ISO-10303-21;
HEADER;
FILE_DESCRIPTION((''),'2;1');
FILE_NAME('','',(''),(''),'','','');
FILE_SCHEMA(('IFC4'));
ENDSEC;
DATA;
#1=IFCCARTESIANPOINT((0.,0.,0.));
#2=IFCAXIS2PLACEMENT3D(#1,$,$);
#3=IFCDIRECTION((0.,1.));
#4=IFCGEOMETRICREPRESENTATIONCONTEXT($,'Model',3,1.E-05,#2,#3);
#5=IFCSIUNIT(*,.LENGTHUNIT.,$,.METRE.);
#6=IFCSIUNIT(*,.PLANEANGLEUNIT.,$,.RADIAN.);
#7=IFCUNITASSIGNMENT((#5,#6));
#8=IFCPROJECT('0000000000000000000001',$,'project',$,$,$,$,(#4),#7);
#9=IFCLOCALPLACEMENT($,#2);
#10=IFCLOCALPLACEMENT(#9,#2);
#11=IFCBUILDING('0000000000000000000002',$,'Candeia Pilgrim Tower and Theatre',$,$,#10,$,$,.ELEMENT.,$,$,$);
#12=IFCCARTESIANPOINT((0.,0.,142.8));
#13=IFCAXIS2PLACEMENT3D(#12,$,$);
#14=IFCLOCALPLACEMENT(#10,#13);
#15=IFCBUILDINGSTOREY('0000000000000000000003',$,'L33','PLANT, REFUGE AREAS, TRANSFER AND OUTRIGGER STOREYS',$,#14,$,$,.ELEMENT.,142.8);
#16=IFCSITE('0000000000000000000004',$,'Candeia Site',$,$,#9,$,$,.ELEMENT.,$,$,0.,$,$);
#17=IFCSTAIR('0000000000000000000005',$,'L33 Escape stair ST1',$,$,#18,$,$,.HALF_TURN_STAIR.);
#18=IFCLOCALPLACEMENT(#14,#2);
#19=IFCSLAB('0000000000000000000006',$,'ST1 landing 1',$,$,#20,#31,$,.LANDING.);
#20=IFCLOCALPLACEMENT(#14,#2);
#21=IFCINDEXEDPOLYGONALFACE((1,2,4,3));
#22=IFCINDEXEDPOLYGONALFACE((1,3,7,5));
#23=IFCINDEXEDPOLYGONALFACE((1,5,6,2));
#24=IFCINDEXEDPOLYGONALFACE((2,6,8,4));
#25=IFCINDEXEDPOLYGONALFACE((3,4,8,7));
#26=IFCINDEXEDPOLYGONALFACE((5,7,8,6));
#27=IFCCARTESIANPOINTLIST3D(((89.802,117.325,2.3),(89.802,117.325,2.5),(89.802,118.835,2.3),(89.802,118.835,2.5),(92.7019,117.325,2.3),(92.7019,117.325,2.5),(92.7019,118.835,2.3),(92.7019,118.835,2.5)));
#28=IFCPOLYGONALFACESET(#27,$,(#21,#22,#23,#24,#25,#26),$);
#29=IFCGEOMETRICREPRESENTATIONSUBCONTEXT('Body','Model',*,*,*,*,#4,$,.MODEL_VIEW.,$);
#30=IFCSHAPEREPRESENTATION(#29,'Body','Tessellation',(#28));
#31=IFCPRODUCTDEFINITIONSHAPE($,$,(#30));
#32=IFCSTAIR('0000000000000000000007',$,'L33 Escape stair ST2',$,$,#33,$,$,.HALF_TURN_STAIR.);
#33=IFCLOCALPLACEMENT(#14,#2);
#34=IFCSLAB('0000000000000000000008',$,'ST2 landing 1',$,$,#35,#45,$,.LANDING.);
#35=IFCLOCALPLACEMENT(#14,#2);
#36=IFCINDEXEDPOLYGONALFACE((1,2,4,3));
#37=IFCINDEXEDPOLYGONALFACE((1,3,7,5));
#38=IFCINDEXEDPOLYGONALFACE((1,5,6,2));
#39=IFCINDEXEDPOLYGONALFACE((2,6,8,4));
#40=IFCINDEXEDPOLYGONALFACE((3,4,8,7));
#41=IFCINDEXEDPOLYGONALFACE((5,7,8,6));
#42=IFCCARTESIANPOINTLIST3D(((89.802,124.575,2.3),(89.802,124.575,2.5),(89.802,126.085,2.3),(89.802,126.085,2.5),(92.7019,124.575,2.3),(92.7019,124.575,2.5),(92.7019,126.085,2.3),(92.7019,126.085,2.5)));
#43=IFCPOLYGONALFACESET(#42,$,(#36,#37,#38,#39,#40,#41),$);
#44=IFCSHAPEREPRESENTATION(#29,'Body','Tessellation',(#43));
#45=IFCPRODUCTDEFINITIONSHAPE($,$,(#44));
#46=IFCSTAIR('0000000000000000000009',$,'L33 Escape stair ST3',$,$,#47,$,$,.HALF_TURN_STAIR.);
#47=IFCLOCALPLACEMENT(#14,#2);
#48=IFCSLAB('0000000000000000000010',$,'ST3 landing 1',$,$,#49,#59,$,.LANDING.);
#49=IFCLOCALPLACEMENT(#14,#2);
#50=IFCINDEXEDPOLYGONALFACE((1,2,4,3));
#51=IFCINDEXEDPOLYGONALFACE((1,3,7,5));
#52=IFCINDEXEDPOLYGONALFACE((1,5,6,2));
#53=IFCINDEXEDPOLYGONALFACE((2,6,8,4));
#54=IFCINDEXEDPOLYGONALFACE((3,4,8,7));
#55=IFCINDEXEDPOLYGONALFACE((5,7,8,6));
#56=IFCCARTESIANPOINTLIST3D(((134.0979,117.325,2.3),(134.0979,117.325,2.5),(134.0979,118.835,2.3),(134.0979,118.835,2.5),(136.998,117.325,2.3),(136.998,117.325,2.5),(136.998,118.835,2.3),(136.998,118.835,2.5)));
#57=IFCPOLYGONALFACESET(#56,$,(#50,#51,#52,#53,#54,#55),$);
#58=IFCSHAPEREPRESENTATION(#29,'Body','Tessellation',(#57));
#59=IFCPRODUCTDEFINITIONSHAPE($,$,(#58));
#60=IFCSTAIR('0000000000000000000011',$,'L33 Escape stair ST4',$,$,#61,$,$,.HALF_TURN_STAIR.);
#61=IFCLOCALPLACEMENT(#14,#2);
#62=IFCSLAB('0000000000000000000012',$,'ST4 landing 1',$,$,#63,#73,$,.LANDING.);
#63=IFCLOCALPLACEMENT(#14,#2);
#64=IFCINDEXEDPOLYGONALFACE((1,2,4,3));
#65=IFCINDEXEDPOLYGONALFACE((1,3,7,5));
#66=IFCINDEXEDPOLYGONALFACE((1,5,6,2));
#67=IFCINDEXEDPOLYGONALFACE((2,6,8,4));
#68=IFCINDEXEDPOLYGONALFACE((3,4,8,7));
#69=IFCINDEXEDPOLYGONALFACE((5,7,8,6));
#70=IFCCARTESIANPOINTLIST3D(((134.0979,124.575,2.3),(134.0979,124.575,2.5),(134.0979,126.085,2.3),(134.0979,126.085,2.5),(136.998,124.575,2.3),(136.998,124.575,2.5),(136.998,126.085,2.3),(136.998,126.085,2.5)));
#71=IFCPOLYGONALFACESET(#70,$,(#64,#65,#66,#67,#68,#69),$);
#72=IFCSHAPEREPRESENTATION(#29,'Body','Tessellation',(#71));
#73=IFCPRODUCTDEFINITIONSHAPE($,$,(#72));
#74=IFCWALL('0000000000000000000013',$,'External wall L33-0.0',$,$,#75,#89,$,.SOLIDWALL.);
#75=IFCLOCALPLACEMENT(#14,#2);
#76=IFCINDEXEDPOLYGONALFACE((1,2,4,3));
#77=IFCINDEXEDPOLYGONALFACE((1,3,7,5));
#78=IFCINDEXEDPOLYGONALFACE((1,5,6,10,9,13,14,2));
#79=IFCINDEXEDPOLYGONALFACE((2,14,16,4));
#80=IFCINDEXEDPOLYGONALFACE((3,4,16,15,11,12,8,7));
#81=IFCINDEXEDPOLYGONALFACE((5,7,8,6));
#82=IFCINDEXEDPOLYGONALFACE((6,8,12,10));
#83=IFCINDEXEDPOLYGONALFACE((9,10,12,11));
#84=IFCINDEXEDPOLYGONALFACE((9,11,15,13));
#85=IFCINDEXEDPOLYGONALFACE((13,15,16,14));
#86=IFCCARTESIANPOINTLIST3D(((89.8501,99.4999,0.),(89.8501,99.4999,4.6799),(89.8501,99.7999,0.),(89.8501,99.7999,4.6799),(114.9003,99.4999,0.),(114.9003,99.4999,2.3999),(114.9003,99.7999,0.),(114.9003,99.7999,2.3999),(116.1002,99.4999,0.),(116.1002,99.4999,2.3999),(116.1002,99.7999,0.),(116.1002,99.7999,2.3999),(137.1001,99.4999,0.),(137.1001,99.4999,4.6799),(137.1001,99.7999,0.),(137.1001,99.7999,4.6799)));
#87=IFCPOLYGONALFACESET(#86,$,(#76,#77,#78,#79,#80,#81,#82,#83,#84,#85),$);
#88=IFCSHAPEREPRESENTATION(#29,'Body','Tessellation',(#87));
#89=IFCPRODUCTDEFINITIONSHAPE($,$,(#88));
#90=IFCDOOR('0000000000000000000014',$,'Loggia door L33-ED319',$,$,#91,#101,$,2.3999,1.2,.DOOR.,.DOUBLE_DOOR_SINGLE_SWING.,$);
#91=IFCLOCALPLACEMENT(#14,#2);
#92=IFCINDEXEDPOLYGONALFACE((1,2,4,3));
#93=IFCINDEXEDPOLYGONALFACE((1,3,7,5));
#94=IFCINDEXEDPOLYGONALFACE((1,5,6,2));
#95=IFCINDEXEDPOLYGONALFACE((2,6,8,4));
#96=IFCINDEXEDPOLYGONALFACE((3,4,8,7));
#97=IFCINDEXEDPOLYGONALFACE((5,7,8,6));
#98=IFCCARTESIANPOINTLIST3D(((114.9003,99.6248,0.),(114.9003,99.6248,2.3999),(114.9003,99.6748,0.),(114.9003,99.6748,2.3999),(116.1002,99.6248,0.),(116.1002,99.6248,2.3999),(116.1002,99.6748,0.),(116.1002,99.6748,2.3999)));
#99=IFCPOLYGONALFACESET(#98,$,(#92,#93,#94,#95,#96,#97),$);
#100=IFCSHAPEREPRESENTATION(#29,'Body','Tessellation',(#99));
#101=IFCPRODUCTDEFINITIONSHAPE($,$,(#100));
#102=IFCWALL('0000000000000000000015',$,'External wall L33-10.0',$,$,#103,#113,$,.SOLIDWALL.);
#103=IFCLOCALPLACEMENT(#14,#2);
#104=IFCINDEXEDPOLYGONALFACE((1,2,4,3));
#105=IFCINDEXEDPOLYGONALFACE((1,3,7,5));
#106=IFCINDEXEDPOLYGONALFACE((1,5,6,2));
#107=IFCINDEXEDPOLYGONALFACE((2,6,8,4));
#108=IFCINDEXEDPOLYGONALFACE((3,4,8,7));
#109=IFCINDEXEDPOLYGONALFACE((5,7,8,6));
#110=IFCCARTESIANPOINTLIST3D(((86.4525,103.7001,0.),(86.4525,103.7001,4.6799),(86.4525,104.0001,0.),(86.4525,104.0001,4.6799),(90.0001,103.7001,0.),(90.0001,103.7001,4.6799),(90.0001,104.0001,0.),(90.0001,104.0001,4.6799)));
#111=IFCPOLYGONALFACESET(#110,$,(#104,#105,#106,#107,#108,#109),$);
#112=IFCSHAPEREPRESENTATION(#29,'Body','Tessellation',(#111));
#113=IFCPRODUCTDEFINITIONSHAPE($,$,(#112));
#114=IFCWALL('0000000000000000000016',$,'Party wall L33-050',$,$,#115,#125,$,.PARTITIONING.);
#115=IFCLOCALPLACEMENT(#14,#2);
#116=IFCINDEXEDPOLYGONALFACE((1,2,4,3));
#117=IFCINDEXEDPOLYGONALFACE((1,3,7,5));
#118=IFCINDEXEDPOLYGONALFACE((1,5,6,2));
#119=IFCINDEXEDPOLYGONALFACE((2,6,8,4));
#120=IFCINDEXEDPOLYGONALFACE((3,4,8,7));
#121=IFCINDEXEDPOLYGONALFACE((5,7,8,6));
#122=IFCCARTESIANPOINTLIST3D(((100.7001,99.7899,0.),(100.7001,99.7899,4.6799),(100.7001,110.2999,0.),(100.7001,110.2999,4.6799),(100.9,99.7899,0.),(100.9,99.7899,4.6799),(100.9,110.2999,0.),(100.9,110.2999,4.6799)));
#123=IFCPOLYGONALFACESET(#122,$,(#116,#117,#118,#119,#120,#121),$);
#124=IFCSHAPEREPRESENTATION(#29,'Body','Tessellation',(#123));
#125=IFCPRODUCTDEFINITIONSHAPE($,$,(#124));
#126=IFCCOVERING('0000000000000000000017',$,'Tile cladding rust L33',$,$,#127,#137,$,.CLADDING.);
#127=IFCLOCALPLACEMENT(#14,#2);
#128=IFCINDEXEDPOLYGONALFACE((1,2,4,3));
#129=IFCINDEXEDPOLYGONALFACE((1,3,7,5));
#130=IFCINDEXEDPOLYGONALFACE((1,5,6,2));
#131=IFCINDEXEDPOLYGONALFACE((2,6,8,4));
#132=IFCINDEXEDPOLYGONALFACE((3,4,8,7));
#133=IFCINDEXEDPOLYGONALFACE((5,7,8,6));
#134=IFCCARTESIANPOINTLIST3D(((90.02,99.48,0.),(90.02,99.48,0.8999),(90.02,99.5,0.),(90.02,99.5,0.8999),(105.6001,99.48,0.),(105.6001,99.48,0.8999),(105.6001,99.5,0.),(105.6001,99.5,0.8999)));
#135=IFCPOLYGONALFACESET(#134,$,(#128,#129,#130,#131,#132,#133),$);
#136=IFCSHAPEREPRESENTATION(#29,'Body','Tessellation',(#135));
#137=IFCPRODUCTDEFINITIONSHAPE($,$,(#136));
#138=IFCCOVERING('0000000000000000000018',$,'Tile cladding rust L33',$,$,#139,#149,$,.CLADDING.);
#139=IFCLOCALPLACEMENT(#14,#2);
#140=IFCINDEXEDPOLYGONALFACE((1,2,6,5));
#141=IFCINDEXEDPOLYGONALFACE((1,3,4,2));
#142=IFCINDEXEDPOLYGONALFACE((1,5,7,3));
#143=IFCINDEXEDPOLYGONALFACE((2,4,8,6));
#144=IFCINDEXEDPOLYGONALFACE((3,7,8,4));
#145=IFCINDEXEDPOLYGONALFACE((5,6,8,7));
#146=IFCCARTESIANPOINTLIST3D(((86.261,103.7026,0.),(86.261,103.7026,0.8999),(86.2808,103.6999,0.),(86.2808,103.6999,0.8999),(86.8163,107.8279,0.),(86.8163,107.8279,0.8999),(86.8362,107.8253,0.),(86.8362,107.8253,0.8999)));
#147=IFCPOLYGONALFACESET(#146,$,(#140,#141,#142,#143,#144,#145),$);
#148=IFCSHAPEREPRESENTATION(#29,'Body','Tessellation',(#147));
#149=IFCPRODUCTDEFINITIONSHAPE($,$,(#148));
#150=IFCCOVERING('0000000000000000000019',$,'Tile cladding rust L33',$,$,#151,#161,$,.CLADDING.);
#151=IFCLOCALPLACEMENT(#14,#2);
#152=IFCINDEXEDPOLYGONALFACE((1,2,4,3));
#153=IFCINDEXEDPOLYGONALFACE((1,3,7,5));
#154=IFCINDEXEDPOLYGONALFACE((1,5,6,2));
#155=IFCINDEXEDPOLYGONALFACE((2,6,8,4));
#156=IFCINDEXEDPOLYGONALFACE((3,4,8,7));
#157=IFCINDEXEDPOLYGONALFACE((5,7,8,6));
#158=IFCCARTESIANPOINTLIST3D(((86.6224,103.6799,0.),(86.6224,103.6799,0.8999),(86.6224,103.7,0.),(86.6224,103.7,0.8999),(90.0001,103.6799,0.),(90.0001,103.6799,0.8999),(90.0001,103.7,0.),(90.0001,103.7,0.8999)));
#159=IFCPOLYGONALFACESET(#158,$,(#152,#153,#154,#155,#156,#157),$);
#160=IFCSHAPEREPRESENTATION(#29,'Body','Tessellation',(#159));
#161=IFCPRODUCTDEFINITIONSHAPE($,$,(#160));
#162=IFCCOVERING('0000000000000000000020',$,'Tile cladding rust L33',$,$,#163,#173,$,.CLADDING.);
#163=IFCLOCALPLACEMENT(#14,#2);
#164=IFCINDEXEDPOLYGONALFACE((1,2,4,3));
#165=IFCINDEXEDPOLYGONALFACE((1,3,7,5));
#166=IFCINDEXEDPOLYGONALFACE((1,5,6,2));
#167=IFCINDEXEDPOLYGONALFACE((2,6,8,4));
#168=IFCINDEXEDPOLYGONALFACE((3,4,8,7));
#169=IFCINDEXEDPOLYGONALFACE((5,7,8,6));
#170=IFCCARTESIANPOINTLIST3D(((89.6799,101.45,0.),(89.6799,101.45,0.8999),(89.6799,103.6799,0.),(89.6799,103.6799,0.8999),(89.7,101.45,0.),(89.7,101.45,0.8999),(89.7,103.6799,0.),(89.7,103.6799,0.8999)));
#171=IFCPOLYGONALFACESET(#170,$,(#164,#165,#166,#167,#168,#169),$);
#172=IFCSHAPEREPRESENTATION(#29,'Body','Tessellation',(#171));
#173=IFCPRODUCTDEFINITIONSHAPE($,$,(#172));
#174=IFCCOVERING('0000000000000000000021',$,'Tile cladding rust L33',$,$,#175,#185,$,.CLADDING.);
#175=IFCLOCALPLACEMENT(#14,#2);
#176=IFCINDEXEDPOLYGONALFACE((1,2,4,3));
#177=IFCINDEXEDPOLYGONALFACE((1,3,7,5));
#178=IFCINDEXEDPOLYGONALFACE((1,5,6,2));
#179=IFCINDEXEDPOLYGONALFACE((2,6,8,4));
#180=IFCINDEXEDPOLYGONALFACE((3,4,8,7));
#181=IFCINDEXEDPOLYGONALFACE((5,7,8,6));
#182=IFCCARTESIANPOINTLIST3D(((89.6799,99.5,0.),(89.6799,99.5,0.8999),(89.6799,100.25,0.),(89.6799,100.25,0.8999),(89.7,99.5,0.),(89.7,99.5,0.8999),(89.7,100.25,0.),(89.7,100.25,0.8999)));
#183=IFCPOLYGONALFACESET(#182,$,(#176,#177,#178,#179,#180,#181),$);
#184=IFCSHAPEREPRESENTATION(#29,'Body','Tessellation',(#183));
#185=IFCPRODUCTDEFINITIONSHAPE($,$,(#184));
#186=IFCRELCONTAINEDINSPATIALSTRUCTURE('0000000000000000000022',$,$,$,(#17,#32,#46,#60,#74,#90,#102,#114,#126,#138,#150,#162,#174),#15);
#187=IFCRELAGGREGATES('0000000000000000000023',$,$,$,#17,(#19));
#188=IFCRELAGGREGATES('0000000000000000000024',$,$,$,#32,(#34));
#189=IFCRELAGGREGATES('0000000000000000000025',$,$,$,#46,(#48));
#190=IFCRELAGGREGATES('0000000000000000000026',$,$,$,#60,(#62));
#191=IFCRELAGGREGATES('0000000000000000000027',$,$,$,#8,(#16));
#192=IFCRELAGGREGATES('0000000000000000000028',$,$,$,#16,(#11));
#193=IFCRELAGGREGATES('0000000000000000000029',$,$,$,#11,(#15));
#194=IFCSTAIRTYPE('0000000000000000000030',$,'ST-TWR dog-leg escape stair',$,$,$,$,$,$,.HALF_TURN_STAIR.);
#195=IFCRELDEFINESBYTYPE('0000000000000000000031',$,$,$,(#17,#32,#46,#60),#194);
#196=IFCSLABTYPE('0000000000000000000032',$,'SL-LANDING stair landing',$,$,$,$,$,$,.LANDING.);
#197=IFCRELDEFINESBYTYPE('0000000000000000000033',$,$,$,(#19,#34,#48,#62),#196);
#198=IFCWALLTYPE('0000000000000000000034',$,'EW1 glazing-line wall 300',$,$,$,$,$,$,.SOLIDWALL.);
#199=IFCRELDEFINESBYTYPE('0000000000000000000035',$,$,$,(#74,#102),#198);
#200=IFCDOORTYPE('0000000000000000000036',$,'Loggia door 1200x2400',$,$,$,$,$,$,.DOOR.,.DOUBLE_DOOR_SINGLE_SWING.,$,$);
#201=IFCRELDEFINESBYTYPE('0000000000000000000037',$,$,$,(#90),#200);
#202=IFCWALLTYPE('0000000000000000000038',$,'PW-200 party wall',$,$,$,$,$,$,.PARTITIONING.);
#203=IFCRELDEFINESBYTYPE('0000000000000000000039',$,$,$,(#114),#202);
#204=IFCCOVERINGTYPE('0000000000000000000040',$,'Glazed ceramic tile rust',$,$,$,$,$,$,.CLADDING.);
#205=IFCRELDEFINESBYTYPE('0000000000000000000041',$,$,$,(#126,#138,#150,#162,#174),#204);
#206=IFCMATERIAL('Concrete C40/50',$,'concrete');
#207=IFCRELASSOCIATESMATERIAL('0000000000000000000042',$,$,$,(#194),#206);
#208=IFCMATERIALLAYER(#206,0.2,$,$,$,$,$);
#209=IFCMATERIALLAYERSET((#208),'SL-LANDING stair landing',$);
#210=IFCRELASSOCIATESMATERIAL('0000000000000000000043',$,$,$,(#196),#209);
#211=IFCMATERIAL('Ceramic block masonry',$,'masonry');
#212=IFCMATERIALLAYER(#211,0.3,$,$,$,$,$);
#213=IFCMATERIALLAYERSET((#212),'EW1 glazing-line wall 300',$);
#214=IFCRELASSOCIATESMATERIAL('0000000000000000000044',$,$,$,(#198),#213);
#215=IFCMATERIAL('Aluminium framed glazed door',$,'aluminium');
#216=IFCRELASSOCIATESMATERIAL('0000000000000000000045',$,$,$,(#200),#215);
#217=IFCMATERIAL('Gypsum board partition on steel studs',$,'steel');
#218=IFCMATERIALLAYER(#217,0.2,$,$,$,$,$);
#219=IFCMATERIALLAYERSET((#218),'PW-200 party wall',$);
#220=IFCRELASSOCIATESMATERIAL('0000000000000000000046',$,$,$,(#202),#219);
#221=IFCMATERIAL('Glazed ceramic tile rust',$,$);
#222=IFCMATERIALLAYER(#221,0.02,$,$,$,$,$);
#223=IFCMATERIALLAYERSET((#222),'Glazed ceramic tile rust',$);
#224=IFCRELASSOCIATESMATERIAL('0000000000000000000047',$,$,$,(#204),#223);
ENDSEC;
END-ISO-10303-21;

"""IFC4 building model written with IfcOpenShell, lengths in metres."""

from ifc_helpers import new_model, si_unit, direction, frame, frame_2d, origin, origin_2d, place, context, subcontext, project, spatial, polyline, rectangle, outline, extrude, material, layer, layer_set, type_object, element, fill, aggregate, save


model = new_model("IFC4")

# Units and contexts
model_context = context("Model", 3, precision=1e-05, world=origin(), true_north=direction((0.0, 1.0)))
body_context = subcontext(model_context, "Body", "Model", "MODEL_VIEW")
ifc_project = project(units=[si_unit("LENGTHUNIT", "METRE"), si_unit("PLANEANGLEUNIT", "RADIAN")], contexts=[model_context])

# Site, building, storey
site_placement = place(None, origin())
site = spatial("IfcSite", under=ifc_project, at=site_placement, Name="Candeia Site", CompositionType="ELEMENT", RefElevation=0.0)
building_placement = place(site_placement, origin())
building = spatial("IfcBuilding", under=site, at=building_placement, Name="Candeia Pilgrim Tower and Theatre", CompositionType="ELEMENT")
storey_placement = place(building_placement, frame((0.0, 0.0, 142.8)))
storey = spatial("IfcBuildingStorey", under=building, at=storey_placement, Name="L33", Description="PLANT, REFUGE AREAS, TRANSFER AND OUTRIGGER STOREYS", CompositionType="ELEMENT", Elevation=142.8)

# Shared definitions
ifc_material_1 = material(Name="Concrete C40/50", Category="concrete")

# Stairs, slabs
stair_type = type_object("IfcStairType", Name="ST-TWR dog-leg escape stair", PredefinedType="HALF_TURN_STAIR", material=ifc_material_1)
stair_1_placement = place(storey_placement, origin())
stair_1 = element("IfcStair", 1, at=stair_1_placement, inside=storey, type_object=stair_type, Name="L33 Escape stair ST1", PredefinedType="HALF_TURN_STAIR")
ifc_layer_1 = layer(ifc_material_1, 0.2)
ifc_layer_set_1 = layer_set([ifc_layer_1], Name="SL-LANDING stair landing")
slab_type_1 = type_object("IfcSlabType", Name="SL-LANDING stair landing", PredefinedType="LANDING", material=ifc_layer_set_1)
slab_1_placement = place(storey_placement, frame((0.0, 0.0, 2.3)))
slab_1 = element("IfcSlab", 2, at=slab_1_placement, type_object=slab_type_1, Name="ST1 landing 1", PredefinedType="LANDING", context=body_context, shape_type="SweptSolid", body=[
    extrude(outline(polyline([(89.802, 118.835), (89.802, 117.325), (92.7019, 117.325), (92.7019, 118.835), (89.802, 118.835)])), origin(), (0.0, 0.0, 1.0), 0.2),
])
aggregate(stair_1, [slab_1])
stair_2_placement = place(storey_placement, origin())
stair_2 = element("IfcStair", 3, at=stair_2_placement, inside=storey, type_object=stair_type, Name="L33 Escape stair ST2", PredefinedType="HALF_TURN_STAIR")
slab_2_placement = place(storey_placement, frame((0.0, 0.0, 2.3)))
slab_2 = element("IfcSlab", 4, at=slab_2_placement, type_object=slab_type_1, Name="ST2 landing 1", PredefinedType="LANDING", context=body_context, shape_type="SweptSolid", body=[
    extrude(outline(polyline([(89.802, 126.085), (89.802, 124.575), (92.7019, 124.575), (92.7019, 126.085), (89.802, 126.085)])), origin(), (0.0, 0.0, 1.0), 0.2),
])
aggregate(stair_2, [slab_2])
stair_3_placement = place(storey_placement, origin())
stair_3 = element("IfcStair", 5, at=stair_3_placement, inside=storey, type_object=stair_type, Name="L33 Escape stair ST3", PredefinedType="HALF_TURN_STAIR")
slab_3_placement = place(storey_placement, frame((0.0, 0.0, 2.3)))
slab_3 = element("IfcSlab", 6, at=slab_3_placement, type_object=slab_type_1, Name="ST3 landing 1", PredefinedType="LANDING", context=body_context, shape_type="SweptSolid", body=[
    extrude(outline(polyline([(134.0979, 118.835), (134.0979, 117.325), (136.998, 117.325), (136.998, 118.835), (134.0979, 118.835)])), origin(), (0.0, 0.0, 1.0), 0.2),
])
aggregate(stair_3, [slab_3])
stair_4_placement = place(storey_placement, origin())
stair_4 = element("IfcStair", 7, at=stair_4_placement, inside=storey, type_object=stair_type, Name="L33 Escape stair ST4", PredefinedType="HALF_TURN_STAIR")
slab_4_placement = place(storey_placement, frame((0.0, 0.0, 2.3)))
slab_4 = element("IfcSlab", 8, at=slab_4_placement, type_object=slab_type_1, Name="ST4 landing 1", PredefinedType="LANDING", context=body_context, shape_type="SweptSolid", body=[
    extrude(outline(polyline([(134.0979, 126.085), (134.0979, 124.575), (136.998, 124.575), (136.998, 126.085), (134.0979, 126.085)])), origin(), (0.0, 0.0, 1.0), 0.2),
])
aggregate(stair_4, [slab_4])

# Wall, opening, door
ifc_material_2 = material(Name="Ceramic block masonry", Category="masonry")
ifc_layer_2 = layer(ifc_material_2, 0.3)
ifc_layer_set_2 = layer_set([ifc_layer_2], Name="EW1 glazing-line wall 300")
wall_type_1 = type_object("IfcWallType", Name="EW1 glazing-line wall 300", PredefinedType="SOLIDWALL", material=ifc_layer_set_2)
wall_1_placement = place(storey_placement, frame((89.8501, 99.6499, 0.0), z_axis=(0.0, 0.0, 1.0), x_axis=(1.0, 0.0, 0.0)))
wall_1 = element("IfcWall", 9, at=wall_1_placement, inside=storey, type_object=wall_type_1, Name="External wall L33-0.0", PredefinedType="SOLIDWALL", context=body_context, shape_type="SweptSolid", body=[
    extrude(rectangle(XDim=47.25, YDim=0.3, at=frame_2d((23.625, 0.0))), origin(), (0.0, 0.0, 1.0), 4.6799),
])
opening_1_placement = place(wall_1_placement, frame((25.05, 0.0, 0.0)))
opening_1 = element("IfcOpeningElement", 10, at=opening_1_placement, cuts=wall_1, PredefinedType="OPENING", context=body_context, shape_type="SweptSolid", body=[
    extrude(rectangle(XDim=1.2, YDim=2.3999, at=frame_2d((0.6001, 1.2))), frame((0.0, 0.1602, 0.0), z_axis=(0.0, -1.0, 0.0), x_axis=(1.0, 0.0, 0.0)), (0.0, 0.0, 1.0), 0.3201),
])
ifc_material_3 = material(Name="Aluminium framed glazed door", Category="aluminium")
door_type = type_object("IfcDoorType", Name="Loggia door 1200x2400", OperationType="DOUBLE_DOOR_SINGLE_SWING", PredefinedType="DOOR", material=ifc_material_3)
door_1_placement = place(opening_1_placement, origin())
door_1 = element("IfcDoor", 11, at=door_1_placement, inside=storey, type_object=door_type, Name="Loggia door L33-ED319", OperationType="DOUBLE_DOOR_SINGLE_SWING", OverallHeight=2.3999, OverallWidth=1.2, PredefinedType="DOOR", context=body_context, shape_type="SweptSolid", body=[
    extrude(rectangle(XDim=1.2, YDim=2.3999, at=frame_2d((0.6001, 1.2))), frame((0.0, 0.0249, 0.0), z_axis=(0.0, -1.0, 0.0), x_axis=(1.0, 0.0, 0.0)), (0.0, 0.0, 1.0), 0.05),
])
fill(opening_1, door_1)

# Wall
wall_2_placement = place(storey_placement, frame((86.4524, 103.8501, 0.0), z_axis=(0.0, 0.0, 1.0), x_axis=(1.0, 0.0, 0.0)))
element("IfcWall", 12, at=wall_2_placement, inside=storey, type_object=wall_type_1, Name="External wall L33-10.0", PredefinedType="SOLIDWALL", context=body_context, shape_type="SweptSolid", body=[
    extrude(rectangle(XDim=3.5476, YDim=0.3, at=frame_2d((1.7739, 0.0))), origin(), (0.0, 0.0, 1.0), 4.6799),
])

# Wall
ifc_material_4 = material(Name="Gypsum board partition on steel studs", Category="steel")
ifc_layer_3 = layer(ifc_material_4, 0.2)
ifc_layer_set_3 = layer_set([ifc_layer_3], Name="PW-200 party wall")
wall_type_2 = type_object("IfcWallType", Name="PW-200 party wall", PredefinedType="PARTITIONING", material=ifc_layer_set_3)
wall_3_placement = place(storey_placement, frame((100.8, 99.79, 0.0), z_axis=(0.0, 0.0, 1.0), x_axis=(0.0, 1.0, 0.0)))
element("IfcWall", 13, at=wall_3_placement, inside=storey, type_object=wall_type_2, Name="Party wall L33-050", PredefinedType="PARTITIONING", context=body_context, shape_type="SweptSolid", body=[
    extrude(rectangle(XDim=10.51, YDim=0.2, at=frame_2d((5.2549, 0.0))), origin(), (0.0, 0.0, 1.0), 4.6799),
])

# Coverings
ifc_material_5 = material(Name="Glazed ceramic tile rust")
ifc_layer_4 = layer(ifc_material_5, 0.02)
ifc_layer_set_4 = layer_set([ifc_layer_4], Name="Glazed ceramic tile rust")
covering_type = type_object("IfcCoveringType", Name="Glazed ceramic tile rust", PredefinedType="CLADDING", material=ifc_layer_set_4)
covering_1_placement = place(storey_placement, frame((97.8101, 99.49, 0.0), z_axis=(0.0, 0.0, 1.0), x_axis=(1.0, 0.0, 0.0)))
element("IfcCovering", 14, at=covering_1_placement, inside=storey, type_object=covering_type, Name="Tile cladding rust L33", PredefinedType="CLADDING", context=body_context, shape_type="SweptSolid", body=[
    extrude(rectangle(XDim=15.5801, YDim=0.02, at=origin_2d()), origin(), (0.0, 0.0, 1.0), 0.8999),
])
covering_2_placement = place(storey_placement, frame((86.5486, 105.7639, 0.0), z_axis=(0.0, 0.0, 1.0), x_axis=(-0.133412, -0.991061, 0.0)))
element("IfcCovering", 15, at=covering_2_placement, inside=storey, type_object=covering_type, Name="Tile cladding rust L33", PredefinedType="CLADDING", context=body_context, shape_type="SweptSolid", body=[
    extrude(rectangle(XDim=4.1626, YDim=0.02, at=origin_2d()), origin(), (0.0, 0.0, 1.0), 0.8999),
])
covering_3_placement = place(storey_placement, frame((88.3113, 103.6899, 0.0), z_axis=(0.0, 0.0, 1.0), x_axis=(1.0, 0.0, 0.0)))
element("IfcCovering", 16, at=covering_3_placement, inside=storey, type_object=covering_type, Name="Tile cladding rust L33", PredefinedType="CLADDING", context=body_context, shape_type="SweptSolid", body=[
    extrude(rectangle(XDim=3.3777, YDim=0.02, at=origin_2d()), origin(), (0.0, 0.0, 1.0), 0.8999),
])
covering_4_placement = place(storey_placement, frame((89.6899, 102.5649, 0.0), z_axis=(0.0, 0.0, 1.0), x_axis=(0.0, -1.0, 0.0)))
element("IfcCovering", 17, at=covering_4_placement, inside=storey, type_object=covering_type, Name="Tile cladding rust L33", PredefinedType="CLADDING", context=body_context, shape_type="SweptSolid", body=[
    extrude(rectangle(XDim=2.23, YDim=0.02, at=origin_2d()), origin(), (0.0, 0.0, 1.0), 0.8999),
])
covering_5_placement = place(storey_placement, frame((89.6899, 99.875, 0.0), z_axis=(0.0, 0.0, 1.0), x_axis=(0.0, -1.0, 0.0)))
element("IfcCovering", 18, at=covering_5_placement, inside=storey, type_object=covering_type, Name="Tile cladding rust L33", PredefinedType="CLADDING", context=body_context, shape_type="SweptSolid", body=[
    extrude(rectangle(XDim=0.75, YDim=0.02, at=origin_2d()), origin(), (0.0, 0.0, 1.0), 0.8999),
])

save(model, "model.ifc")
